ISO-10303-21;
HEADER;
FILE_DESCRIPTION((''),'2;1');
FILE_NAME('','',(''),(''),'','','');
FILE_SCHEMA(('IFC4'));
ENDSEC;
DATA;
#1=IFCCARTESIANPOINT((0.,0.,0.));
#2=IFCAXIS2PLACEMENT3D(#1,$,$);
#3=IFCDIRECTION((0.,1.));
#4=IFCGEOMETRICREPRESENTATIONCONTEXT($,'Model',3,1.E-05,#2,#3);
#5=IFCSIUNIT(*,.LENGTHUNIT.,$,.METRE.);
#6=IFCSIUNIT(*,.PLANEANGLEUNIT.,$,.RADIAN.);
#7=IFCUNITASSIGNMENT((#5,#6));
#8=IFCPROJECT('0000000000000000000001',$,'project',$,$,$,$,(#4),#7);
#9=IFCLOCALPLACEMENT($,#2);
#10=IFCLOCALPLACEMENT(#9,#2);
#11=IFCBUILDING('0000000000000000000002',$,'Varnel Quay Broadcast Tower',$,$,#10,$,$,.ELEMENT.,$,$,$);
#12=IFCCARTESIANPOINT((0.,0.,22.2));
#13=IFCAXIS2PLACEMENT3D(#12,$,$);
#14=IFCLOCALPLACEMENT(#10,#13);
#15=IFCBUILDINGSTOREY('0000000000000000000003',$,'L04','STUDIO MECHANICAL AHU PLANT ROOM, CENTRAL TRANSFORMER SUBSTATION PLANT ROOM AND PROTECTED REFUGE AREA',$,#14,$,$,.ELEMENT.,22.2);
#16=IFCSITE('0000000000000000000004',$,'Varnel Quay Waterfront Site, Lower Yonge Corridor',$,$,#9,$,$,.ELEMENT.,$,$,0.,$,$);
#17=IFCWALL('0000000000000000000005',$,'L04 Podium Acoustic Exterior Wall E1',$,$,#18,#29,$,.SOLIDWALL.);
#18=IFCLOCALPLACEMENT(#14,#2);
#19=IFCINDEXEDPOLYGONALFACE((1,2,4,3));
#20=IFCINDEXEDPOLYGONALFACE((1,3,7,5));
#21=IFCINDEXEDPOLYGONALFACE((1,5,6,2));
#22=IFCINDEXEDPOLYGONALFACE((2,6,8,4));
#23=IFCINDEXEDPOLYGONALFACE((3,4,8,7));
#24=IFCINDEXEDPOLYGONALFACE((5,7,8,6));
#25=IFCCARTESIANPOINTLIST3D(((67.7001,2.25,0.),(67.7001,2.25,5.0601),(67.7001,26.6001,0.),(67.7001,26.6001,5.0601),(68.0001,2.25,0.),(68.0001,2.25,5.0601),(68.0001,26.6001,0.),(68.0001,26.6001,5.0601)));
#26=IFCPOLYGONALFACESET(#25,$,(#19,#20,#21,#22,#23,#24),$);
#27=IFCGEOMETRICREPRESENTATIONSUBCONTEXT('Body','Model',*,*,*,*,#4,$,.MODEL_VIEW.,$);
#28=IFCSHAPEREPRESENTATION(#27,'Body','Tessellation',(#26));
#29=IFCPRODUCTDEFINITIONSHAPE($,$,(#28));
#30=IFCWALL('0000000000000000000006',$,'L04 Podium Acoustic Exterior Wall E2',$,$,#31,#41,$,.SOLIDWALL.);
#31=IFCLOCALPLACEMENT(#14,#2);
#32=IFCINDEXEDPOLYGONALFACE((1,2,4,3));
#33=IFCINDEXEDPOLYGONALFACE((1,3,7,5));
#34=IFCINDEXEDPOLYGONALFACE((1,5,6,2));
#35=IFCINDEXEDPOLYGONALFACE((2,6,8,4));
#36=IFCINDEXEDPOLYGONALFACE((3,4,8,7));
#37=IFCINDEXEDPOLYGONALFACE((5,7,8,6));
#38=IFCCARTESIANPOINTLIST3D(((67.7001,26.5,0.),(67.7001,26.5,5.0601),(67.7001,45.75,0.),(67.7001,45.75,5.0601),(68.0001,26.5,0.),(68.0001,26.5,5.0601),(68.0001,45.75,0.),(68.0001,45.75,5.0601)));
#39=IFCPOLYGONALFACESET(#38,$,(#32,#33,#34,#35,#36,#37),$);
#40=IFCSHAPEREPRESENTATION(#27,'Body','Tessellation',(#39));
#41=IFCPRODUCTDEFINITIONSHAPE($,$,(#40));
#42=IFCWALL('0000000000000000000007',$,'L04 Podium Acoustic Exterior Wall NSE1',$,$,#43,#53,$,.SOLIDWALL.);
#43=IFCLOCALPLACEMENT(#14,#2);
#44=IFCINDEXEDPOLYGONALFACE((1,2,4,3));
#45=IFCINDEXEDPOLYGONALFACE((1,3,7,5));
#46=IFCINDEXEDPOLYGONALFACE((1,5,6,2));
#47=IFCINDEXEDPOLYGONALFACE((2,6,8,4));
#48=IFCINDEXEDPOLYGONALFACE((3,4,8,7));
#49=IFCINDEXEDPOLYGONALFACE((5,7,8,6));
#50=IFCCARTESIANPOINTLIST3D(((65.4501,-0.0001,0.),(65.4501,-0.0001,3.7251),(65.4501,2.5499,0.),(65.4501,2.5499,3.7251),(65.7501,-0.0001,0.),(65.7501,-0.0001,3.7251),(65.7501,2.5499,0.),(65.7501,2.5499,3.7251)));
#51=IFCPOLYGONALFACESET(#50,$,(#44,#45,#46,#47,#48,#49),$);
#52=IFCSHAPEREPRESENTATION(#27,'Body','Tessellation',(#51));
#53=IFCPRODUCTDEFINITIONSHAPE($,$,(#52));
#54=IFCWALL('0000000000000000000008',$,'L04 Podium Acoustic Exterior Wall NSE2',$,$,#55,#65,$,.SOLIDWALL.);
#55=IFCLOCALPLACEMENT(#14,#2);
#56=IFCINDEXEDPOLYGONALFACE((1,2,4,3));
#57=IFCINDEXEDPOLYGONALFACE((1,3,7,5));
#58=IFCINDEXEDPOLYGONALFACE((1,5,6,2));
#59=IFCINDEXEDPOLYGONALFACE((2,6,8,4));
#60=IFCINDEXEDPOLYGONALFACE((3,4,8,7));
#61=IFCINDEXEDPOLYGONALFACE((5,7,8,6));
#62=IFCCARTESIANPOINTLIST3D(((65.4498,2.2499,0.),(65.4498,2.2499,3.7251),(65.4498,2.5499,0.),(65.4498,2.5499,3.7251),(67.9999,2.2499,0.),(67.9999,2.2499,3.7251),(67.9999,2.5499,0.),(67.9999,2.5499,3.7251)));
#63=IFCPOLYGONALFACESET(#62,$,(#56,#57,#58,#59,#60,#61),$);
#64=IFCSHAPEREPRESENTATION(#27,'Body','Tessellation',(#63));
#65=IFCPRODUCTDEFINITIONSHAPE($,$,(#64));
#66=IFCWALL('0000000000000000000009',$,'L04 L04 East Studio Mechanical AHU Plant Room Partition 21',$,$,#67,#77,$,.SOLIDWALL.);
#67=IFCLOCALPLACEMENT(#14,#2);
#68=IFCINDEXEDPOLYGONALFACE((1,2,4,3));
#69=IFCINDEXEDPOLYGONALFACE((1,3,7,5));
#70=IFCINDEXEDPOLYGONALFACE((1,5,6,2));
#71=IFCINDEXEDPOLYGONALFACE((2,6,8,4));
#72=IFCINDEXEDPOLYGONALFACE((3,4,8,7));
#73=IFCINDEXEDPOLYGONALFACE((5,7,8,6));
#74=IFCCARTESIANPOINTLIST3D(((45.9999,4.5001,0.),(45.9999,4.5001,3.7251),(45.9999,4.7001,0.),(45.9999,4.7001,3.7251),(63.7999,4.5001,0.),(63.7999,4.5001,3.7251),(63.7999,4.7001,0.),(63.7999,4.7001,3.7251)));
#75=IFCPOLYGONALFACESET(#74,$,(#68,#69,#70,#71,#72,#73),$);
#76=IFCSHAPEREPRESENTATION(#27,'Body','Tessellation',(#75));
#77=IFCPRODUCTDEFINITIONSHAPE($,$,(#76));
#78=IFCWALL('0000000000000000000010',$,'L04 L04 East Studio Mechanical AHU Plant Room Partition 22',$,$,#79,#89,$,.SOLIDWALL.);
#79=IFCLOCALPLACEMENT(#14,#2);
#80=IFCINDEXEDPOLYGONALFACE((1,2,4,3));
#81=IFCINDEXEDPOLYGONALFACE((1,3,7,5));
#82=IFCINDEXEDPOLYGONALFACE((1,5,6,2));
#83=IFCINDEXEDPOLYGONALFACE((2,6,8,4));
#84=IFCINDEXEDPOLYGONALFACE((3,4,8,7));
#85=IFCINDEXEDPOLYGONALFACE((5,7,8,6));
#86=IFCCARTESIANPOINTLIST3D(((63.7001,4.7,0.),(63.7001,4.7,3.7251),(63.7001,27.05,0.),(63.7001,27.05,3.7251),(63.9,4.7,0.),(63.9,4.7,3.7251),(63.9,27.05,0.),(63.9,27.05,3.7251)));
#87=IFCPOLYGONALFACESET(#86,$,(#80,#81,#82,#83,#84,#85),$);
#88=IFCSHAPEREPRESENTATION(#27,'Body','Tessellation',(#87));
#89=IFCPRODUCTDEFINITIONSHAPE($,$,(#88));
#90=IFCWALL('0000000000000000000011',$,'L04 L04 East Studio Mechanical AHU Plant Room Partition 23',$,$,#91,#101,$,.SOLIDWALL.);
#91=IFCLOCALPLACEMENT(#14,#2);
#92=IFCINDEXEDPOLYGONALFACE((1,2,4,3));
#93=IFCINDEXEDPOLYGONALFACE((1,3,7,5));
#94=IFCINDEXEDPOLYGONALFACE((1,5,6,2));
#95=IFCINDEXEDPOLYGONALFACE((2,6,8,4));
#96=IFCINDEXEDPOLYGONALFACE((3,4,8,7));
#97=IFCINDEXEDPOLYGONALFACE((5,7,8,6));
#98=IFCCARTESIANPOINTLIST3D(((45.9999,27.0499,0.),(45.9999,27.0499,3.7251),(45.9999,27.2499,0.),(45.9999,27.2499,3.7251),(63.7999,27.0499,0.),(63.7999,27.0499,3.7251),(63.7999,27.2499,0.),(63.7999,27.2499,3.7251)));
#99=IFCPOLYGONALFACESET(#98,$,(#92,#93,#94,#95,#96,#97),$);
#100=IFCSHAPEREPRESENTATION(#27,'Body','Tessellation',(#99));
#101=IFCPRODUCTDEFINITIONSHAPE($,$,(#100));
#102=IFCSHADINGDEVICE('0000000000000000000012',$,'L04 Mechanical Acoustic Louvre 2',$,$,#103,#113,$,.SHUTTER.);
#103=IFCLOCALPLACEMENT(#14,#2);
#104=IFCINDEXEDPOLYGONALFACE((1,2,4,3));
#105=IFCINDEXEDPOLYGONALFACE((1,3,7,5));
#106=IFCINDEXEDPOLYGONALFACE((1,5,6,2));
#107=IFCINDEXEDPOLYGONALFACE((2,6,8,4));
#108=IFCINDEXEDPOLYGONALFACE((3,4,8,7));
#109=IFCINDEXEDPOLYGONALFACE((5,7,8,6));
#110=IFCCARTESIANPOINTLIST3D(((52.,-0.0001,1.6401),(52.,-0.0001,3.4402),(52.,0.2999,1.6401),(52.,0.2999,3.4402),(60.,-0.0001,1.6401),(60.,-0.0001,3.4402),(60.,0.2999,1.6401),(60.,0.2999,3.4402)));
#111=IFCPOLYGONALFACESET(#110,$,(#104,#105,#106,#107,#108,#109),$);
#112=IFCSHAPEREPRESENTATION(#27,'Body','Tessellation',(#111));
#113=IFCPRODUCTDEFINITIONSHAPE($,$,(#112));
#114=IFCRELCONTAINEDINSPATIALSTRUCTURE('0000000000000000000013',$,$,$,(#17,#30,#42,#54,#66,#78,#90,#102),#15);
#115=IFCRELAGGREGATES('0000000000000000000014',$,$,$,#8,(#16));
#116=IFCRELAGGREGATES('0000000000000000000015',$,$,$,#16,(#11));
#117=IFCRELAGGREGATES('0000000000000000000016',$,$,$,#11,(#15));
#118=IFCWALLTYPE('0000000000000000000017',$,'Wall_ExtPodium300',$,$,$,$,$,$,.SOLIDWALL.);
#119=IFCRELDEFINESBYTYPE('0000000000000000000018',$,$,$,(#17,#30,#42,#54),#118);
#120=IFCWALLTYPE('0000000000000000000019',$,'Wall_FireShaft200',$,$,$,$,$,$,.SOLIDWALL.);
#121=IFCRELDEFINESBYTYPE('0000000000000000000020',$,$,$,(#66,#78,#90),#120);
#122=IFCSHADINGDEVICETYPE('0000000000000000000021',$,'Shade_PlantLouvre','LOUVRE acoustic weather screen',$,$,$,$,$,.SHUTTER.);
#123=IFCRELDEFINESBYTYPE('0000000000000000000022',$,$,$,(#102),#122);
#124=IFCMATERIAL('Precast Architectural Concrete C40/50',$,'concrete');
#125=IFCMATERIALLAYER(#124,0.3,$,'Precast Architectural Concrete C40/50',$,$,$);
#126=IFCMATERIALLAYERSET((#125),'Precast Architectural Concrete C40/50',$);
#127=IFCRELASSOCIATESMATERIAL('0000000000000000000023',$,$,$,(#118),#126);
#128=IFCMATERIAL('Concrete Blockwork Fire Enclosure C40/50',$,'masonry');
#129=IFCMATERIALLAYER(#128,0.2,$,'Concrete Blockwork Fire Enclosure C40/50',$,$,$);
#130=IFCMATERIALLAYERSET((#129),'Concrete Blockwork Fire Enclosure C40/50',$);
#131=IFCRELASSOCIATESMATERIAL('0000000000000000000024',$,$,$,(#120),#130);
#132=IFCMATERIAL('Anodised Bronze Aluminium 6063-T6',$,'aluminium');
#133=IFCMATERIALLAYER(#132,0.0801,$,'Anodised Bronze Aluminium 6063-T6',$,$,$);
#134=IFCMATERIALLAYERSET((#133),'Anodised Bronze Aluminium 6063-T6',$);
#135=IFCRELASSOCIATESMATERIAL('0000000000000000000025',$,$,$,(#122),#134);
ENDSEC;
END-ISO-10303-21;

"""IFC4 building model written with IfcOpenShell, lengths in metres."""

from ifc_helpers import new_model, si_unit, direction, frame, frame_2d, origin, origin_2d, place, context, subcontext, project, spatial, rectangle, extrude, source, transform, mapped, material, layer, layer_set, type_object, type_shapes, element, save


model = new_model("IFC4")

# Units and contexts
model_context = context("Model", 3, precision=1e-05, world=origin(), true_north=direction((0.0, 1.0)))
body_context = subcontext(model_context, "Body", "Model", "MODEL_VIEW")
ifc_project = project(units=[si_unit("LENGTHUNIT", "METRE"), si_unit("PLANEANGLEUNIT", "RADIAN")], contexts=[model_context])

# Site, building, storey
site_placement = place(None, origin())
site = spatial("IfcSite", under=ifc_project, at=site_placement, Name="Varnel Quay Waterfront Site, Lower Yonge Corridor", CompositionType="ELEMENT", RefElevation=0.0)
building_placement = place(site_placement, origin())
building = spatial("IfcBuilding", under=site, at=building_placement, Name="Varnel Quay Broadcast Tower", CompositionType="ELEMENT")
storey_placement = place(building_placement, frame((0.0, 0.0, 22.2)))
storey = spatial("IfcBuildingStorey", under=building, at=storey_placement, Name="L04", Description="STUDIO MECHANICAL AHU PLANT ROOM, CENTRAL TRANSFORMER SUBSTATION PLANT ROOM AND PROTECTED REFUGE AREA", CompositionType="ELEMENT", Elevation=22.2)

# Shared definitions
ifc_material_1 = material(Name="Anodised Bronze Aluminium 6063-T6", Category="aluminium")

# Walls
ifc_material_2 = material(Name="Precast Architectural Concrete C40/50", Category="concrete")
ifc_layer_1 = layer(ifc_material_2, 0.3, Name="Precast Architectural Concrete C40/50")
ifc_layer_set_1 = layer_set([ifc_layer_1], Name="Precast Architectural Concrete C40/50")
wall_type_1 = type_object("IfcWallType", Name="Wall_ExtPodium300", PredefinedType="SOLIDWALL", material=ifc_layer_set_1)
wall_1_placement = place(storey_placement, frame((67.8501, 2.25, 0.0), z_axis=(0.0, 0.0, 1.0), x_axis=(0.0, 1.0, 0.0)))
element("IfcWall", 1, at=wall_1_placement, inside=storey, type_object=wall_type_1, Name="L04 Podium Acoustic Exterior Wall E1", PredefinedType="SOLIDWALL", context=body_context, shape_type="SweptSolid", body=[
    extrude(rectangle(XDim=24.3501, YDim=0.3, at=frame_2d((12.175, 0.0))), origin(), (0.0, 0.0, 1.0), 5.0601),
])
wall_2_placement = place(storey_placement, frame((67.8501, 26.5, 0.0), z_axis=(0.0, 0.0, 1.0), x_axis=(0.0, 1.0, 0.0)))
element("IfcWall", 2, at=wall_2_placement, inside=storey, type_object=wall_type_1, Name="L04 Podium Acoustic Exterior Wall E2", PredefinedType="SOLIDWALL", context=body_context, shape_type="SweptSolid", body=[
    extrude(rectangle(XDim=19.25, YDim=0.3, at=frame_2d((9.625, 0.0))), origin(), (0.0, 0.0, 1.0), 5.0601),
])
for number, where, z_axis, x_axis, name in (
    (3, (65.6001, 0.0, 0.0), (0.0, 0.0, 1.0), (0.0, 1.0, 0.0), "L04 Podium Acoustic Exterior Wall NSE1"),
    (4, (65.45, 2.3999, 0.0), (0.0, 0.0, 1.0), (1.0, 0.0, 0.0), "L04 Podium Acoustic Exterior Wall NSE2"),
):
    element("IfcWall", number, at=place(storey_placement, frame(where, z_axis=z_axis, x_axis=x_axis)), inside=storey, type_object=wall_type_1, Name=name, PredefinedType="SOLIDWALL", context=body_context, shape_type="SweptSolid", body=[
        extrude(rectangle(XDim=2.55, YDim=0.3, at=frame_2d((1.2749, 0.0))), origin(), (0.0, 0.0, 1.0), 3.7251),
    ])
ifc_material_3 = material(Name="Concrete Blockwork Fire Enclosure C40/50", Category="masonry")
ifc_layer_2 = layer(ifc_material_3, 0.2, Name="Concrete Blockwork Fire Enclosure C40/50")
ifc_layer_set_2 = layer_set([ifc_layer_2], Name="Concrete Blockwork Fire Enclosure C40/50")
wall_type_2 = type_object("IfcWallType", Name="Wall_FireShaft200", PredefinedType="SOLIDWALL", material=ifc_layer_set_2)
wall_3_placement = place(storey_placement, frame((46.0, 4.6001, 0.0), z_axis=(0.0, 0.0, 1.0), x_axis=(1.0, 0.0, 0.0)))
element("IfcWall", 5, at=wall_3_placement, inside=storey, type_object=wall_type_2, Name="L04 L04 East Studio Mechanical AHU Plant Room Partition 21", PredefinedType="SOLIDWALL", context=body_context, shape_type="SweptSolid", body=[
    extrude(rectangle(XDim=17.8, YDim=0.2, at=frame_2d((8.8999, 0.0))), origin(), (0.0, 0.0, 1.0), 3.7251),
])
wall_4_placement = place(storey_placement, frame((63.8, 4.7, 0.0), z_axis=(0.0, 0.0, 1.0), x_axis=(0.0, 1.0, 0.0)))
element("IfcWall", 6, at=wall_4_placement, inside=storey, type_object=wall_type_2, Name="L04 L04 East Studio Mechanical AHU Plant Room Partition 22", PredefinedType="SOLIDWALL", context=body_context, shape_type="SweptSolid", body=[
    extrude(rectangle(XDim=22.3501, YDim=0.2, at=frame_2d((11.175, 0.0))), origin(), (0.0, 0.0, 1.0), 3.7251),
])
wall_5_placement = place(storey_placement, frame((46.0, 27.1499, 0.0), z_axis=(0.0, 0.0, 1.0), x_axis=(1.0, 0.0, 0.0)))
element("IfcWall", 7, at=wall_5_placement, inside=storey, type_object=wall_type_2, Name="L04 L04 East Studio Mechanical AHU Plant Room Partition 23", PredefinedType="SOLIDWALL", context=body_context, shape_type="SweptSolid", body=[
    extrude(rectangle(XDim=17.8, YDim=0.2, at=frame_2d((8.8999, 0.0))), origin(), (0.0, 0.0, 1.0), 3.7251),
])

# Shading device
ifc_layer_3 = layer(ifc_material_1, 0.0801, Name="Anodised Bronze Aluminium 6063-T6")
ifc_layer_set_3 = layer_set([ifc_layer_3], Name="Anodised Bronze Aluminium 6063-T6")
shading_device_type = type_object("IfcShadingDeviceType", Name="Shade_PlantLouvre", Description="LOUVRE acoustic weather screen", PredefinedType="SHUTTER", material=ifc_layer_set_3)
shared_shape_1 = source(origin(), body_context, "Body", "SweptSolid", [
    extrude(rectangle(XDim=8.0, YDim=0.3, at=origin_2d()), origin(), (0.0, 0.0, 1.0), 1.8),
])
type_shapes(shading_device_type, [shared_shape_1])
shading_device_placement = place(storey_placement, frame((56.0, 0.1499, 1.6401), z_axis=(0.0, 0.0, 1.0), x_axis=(1.0, 0.0, 0.0)))
element("IfcShadingDevice", 8, at=shading_device_placement, inside=storey, type_object=shading_device_type, Name="L04 Mechanical Acoustic Louvre 2", PredefinedType="SHUTTER", context=body_context, shape_type="MappedRepresentation", body=[
    mapped(shared_shape_1, transform((0.0, 0.0, 0.0), x_axis=(1.0, 0.0, 0.0), y_axis=(0.0, 1.0, 0.0), z_axis=(0.0, 0.0, 1.0), scale=1.0)),
])

save(model, "model.ifc")
